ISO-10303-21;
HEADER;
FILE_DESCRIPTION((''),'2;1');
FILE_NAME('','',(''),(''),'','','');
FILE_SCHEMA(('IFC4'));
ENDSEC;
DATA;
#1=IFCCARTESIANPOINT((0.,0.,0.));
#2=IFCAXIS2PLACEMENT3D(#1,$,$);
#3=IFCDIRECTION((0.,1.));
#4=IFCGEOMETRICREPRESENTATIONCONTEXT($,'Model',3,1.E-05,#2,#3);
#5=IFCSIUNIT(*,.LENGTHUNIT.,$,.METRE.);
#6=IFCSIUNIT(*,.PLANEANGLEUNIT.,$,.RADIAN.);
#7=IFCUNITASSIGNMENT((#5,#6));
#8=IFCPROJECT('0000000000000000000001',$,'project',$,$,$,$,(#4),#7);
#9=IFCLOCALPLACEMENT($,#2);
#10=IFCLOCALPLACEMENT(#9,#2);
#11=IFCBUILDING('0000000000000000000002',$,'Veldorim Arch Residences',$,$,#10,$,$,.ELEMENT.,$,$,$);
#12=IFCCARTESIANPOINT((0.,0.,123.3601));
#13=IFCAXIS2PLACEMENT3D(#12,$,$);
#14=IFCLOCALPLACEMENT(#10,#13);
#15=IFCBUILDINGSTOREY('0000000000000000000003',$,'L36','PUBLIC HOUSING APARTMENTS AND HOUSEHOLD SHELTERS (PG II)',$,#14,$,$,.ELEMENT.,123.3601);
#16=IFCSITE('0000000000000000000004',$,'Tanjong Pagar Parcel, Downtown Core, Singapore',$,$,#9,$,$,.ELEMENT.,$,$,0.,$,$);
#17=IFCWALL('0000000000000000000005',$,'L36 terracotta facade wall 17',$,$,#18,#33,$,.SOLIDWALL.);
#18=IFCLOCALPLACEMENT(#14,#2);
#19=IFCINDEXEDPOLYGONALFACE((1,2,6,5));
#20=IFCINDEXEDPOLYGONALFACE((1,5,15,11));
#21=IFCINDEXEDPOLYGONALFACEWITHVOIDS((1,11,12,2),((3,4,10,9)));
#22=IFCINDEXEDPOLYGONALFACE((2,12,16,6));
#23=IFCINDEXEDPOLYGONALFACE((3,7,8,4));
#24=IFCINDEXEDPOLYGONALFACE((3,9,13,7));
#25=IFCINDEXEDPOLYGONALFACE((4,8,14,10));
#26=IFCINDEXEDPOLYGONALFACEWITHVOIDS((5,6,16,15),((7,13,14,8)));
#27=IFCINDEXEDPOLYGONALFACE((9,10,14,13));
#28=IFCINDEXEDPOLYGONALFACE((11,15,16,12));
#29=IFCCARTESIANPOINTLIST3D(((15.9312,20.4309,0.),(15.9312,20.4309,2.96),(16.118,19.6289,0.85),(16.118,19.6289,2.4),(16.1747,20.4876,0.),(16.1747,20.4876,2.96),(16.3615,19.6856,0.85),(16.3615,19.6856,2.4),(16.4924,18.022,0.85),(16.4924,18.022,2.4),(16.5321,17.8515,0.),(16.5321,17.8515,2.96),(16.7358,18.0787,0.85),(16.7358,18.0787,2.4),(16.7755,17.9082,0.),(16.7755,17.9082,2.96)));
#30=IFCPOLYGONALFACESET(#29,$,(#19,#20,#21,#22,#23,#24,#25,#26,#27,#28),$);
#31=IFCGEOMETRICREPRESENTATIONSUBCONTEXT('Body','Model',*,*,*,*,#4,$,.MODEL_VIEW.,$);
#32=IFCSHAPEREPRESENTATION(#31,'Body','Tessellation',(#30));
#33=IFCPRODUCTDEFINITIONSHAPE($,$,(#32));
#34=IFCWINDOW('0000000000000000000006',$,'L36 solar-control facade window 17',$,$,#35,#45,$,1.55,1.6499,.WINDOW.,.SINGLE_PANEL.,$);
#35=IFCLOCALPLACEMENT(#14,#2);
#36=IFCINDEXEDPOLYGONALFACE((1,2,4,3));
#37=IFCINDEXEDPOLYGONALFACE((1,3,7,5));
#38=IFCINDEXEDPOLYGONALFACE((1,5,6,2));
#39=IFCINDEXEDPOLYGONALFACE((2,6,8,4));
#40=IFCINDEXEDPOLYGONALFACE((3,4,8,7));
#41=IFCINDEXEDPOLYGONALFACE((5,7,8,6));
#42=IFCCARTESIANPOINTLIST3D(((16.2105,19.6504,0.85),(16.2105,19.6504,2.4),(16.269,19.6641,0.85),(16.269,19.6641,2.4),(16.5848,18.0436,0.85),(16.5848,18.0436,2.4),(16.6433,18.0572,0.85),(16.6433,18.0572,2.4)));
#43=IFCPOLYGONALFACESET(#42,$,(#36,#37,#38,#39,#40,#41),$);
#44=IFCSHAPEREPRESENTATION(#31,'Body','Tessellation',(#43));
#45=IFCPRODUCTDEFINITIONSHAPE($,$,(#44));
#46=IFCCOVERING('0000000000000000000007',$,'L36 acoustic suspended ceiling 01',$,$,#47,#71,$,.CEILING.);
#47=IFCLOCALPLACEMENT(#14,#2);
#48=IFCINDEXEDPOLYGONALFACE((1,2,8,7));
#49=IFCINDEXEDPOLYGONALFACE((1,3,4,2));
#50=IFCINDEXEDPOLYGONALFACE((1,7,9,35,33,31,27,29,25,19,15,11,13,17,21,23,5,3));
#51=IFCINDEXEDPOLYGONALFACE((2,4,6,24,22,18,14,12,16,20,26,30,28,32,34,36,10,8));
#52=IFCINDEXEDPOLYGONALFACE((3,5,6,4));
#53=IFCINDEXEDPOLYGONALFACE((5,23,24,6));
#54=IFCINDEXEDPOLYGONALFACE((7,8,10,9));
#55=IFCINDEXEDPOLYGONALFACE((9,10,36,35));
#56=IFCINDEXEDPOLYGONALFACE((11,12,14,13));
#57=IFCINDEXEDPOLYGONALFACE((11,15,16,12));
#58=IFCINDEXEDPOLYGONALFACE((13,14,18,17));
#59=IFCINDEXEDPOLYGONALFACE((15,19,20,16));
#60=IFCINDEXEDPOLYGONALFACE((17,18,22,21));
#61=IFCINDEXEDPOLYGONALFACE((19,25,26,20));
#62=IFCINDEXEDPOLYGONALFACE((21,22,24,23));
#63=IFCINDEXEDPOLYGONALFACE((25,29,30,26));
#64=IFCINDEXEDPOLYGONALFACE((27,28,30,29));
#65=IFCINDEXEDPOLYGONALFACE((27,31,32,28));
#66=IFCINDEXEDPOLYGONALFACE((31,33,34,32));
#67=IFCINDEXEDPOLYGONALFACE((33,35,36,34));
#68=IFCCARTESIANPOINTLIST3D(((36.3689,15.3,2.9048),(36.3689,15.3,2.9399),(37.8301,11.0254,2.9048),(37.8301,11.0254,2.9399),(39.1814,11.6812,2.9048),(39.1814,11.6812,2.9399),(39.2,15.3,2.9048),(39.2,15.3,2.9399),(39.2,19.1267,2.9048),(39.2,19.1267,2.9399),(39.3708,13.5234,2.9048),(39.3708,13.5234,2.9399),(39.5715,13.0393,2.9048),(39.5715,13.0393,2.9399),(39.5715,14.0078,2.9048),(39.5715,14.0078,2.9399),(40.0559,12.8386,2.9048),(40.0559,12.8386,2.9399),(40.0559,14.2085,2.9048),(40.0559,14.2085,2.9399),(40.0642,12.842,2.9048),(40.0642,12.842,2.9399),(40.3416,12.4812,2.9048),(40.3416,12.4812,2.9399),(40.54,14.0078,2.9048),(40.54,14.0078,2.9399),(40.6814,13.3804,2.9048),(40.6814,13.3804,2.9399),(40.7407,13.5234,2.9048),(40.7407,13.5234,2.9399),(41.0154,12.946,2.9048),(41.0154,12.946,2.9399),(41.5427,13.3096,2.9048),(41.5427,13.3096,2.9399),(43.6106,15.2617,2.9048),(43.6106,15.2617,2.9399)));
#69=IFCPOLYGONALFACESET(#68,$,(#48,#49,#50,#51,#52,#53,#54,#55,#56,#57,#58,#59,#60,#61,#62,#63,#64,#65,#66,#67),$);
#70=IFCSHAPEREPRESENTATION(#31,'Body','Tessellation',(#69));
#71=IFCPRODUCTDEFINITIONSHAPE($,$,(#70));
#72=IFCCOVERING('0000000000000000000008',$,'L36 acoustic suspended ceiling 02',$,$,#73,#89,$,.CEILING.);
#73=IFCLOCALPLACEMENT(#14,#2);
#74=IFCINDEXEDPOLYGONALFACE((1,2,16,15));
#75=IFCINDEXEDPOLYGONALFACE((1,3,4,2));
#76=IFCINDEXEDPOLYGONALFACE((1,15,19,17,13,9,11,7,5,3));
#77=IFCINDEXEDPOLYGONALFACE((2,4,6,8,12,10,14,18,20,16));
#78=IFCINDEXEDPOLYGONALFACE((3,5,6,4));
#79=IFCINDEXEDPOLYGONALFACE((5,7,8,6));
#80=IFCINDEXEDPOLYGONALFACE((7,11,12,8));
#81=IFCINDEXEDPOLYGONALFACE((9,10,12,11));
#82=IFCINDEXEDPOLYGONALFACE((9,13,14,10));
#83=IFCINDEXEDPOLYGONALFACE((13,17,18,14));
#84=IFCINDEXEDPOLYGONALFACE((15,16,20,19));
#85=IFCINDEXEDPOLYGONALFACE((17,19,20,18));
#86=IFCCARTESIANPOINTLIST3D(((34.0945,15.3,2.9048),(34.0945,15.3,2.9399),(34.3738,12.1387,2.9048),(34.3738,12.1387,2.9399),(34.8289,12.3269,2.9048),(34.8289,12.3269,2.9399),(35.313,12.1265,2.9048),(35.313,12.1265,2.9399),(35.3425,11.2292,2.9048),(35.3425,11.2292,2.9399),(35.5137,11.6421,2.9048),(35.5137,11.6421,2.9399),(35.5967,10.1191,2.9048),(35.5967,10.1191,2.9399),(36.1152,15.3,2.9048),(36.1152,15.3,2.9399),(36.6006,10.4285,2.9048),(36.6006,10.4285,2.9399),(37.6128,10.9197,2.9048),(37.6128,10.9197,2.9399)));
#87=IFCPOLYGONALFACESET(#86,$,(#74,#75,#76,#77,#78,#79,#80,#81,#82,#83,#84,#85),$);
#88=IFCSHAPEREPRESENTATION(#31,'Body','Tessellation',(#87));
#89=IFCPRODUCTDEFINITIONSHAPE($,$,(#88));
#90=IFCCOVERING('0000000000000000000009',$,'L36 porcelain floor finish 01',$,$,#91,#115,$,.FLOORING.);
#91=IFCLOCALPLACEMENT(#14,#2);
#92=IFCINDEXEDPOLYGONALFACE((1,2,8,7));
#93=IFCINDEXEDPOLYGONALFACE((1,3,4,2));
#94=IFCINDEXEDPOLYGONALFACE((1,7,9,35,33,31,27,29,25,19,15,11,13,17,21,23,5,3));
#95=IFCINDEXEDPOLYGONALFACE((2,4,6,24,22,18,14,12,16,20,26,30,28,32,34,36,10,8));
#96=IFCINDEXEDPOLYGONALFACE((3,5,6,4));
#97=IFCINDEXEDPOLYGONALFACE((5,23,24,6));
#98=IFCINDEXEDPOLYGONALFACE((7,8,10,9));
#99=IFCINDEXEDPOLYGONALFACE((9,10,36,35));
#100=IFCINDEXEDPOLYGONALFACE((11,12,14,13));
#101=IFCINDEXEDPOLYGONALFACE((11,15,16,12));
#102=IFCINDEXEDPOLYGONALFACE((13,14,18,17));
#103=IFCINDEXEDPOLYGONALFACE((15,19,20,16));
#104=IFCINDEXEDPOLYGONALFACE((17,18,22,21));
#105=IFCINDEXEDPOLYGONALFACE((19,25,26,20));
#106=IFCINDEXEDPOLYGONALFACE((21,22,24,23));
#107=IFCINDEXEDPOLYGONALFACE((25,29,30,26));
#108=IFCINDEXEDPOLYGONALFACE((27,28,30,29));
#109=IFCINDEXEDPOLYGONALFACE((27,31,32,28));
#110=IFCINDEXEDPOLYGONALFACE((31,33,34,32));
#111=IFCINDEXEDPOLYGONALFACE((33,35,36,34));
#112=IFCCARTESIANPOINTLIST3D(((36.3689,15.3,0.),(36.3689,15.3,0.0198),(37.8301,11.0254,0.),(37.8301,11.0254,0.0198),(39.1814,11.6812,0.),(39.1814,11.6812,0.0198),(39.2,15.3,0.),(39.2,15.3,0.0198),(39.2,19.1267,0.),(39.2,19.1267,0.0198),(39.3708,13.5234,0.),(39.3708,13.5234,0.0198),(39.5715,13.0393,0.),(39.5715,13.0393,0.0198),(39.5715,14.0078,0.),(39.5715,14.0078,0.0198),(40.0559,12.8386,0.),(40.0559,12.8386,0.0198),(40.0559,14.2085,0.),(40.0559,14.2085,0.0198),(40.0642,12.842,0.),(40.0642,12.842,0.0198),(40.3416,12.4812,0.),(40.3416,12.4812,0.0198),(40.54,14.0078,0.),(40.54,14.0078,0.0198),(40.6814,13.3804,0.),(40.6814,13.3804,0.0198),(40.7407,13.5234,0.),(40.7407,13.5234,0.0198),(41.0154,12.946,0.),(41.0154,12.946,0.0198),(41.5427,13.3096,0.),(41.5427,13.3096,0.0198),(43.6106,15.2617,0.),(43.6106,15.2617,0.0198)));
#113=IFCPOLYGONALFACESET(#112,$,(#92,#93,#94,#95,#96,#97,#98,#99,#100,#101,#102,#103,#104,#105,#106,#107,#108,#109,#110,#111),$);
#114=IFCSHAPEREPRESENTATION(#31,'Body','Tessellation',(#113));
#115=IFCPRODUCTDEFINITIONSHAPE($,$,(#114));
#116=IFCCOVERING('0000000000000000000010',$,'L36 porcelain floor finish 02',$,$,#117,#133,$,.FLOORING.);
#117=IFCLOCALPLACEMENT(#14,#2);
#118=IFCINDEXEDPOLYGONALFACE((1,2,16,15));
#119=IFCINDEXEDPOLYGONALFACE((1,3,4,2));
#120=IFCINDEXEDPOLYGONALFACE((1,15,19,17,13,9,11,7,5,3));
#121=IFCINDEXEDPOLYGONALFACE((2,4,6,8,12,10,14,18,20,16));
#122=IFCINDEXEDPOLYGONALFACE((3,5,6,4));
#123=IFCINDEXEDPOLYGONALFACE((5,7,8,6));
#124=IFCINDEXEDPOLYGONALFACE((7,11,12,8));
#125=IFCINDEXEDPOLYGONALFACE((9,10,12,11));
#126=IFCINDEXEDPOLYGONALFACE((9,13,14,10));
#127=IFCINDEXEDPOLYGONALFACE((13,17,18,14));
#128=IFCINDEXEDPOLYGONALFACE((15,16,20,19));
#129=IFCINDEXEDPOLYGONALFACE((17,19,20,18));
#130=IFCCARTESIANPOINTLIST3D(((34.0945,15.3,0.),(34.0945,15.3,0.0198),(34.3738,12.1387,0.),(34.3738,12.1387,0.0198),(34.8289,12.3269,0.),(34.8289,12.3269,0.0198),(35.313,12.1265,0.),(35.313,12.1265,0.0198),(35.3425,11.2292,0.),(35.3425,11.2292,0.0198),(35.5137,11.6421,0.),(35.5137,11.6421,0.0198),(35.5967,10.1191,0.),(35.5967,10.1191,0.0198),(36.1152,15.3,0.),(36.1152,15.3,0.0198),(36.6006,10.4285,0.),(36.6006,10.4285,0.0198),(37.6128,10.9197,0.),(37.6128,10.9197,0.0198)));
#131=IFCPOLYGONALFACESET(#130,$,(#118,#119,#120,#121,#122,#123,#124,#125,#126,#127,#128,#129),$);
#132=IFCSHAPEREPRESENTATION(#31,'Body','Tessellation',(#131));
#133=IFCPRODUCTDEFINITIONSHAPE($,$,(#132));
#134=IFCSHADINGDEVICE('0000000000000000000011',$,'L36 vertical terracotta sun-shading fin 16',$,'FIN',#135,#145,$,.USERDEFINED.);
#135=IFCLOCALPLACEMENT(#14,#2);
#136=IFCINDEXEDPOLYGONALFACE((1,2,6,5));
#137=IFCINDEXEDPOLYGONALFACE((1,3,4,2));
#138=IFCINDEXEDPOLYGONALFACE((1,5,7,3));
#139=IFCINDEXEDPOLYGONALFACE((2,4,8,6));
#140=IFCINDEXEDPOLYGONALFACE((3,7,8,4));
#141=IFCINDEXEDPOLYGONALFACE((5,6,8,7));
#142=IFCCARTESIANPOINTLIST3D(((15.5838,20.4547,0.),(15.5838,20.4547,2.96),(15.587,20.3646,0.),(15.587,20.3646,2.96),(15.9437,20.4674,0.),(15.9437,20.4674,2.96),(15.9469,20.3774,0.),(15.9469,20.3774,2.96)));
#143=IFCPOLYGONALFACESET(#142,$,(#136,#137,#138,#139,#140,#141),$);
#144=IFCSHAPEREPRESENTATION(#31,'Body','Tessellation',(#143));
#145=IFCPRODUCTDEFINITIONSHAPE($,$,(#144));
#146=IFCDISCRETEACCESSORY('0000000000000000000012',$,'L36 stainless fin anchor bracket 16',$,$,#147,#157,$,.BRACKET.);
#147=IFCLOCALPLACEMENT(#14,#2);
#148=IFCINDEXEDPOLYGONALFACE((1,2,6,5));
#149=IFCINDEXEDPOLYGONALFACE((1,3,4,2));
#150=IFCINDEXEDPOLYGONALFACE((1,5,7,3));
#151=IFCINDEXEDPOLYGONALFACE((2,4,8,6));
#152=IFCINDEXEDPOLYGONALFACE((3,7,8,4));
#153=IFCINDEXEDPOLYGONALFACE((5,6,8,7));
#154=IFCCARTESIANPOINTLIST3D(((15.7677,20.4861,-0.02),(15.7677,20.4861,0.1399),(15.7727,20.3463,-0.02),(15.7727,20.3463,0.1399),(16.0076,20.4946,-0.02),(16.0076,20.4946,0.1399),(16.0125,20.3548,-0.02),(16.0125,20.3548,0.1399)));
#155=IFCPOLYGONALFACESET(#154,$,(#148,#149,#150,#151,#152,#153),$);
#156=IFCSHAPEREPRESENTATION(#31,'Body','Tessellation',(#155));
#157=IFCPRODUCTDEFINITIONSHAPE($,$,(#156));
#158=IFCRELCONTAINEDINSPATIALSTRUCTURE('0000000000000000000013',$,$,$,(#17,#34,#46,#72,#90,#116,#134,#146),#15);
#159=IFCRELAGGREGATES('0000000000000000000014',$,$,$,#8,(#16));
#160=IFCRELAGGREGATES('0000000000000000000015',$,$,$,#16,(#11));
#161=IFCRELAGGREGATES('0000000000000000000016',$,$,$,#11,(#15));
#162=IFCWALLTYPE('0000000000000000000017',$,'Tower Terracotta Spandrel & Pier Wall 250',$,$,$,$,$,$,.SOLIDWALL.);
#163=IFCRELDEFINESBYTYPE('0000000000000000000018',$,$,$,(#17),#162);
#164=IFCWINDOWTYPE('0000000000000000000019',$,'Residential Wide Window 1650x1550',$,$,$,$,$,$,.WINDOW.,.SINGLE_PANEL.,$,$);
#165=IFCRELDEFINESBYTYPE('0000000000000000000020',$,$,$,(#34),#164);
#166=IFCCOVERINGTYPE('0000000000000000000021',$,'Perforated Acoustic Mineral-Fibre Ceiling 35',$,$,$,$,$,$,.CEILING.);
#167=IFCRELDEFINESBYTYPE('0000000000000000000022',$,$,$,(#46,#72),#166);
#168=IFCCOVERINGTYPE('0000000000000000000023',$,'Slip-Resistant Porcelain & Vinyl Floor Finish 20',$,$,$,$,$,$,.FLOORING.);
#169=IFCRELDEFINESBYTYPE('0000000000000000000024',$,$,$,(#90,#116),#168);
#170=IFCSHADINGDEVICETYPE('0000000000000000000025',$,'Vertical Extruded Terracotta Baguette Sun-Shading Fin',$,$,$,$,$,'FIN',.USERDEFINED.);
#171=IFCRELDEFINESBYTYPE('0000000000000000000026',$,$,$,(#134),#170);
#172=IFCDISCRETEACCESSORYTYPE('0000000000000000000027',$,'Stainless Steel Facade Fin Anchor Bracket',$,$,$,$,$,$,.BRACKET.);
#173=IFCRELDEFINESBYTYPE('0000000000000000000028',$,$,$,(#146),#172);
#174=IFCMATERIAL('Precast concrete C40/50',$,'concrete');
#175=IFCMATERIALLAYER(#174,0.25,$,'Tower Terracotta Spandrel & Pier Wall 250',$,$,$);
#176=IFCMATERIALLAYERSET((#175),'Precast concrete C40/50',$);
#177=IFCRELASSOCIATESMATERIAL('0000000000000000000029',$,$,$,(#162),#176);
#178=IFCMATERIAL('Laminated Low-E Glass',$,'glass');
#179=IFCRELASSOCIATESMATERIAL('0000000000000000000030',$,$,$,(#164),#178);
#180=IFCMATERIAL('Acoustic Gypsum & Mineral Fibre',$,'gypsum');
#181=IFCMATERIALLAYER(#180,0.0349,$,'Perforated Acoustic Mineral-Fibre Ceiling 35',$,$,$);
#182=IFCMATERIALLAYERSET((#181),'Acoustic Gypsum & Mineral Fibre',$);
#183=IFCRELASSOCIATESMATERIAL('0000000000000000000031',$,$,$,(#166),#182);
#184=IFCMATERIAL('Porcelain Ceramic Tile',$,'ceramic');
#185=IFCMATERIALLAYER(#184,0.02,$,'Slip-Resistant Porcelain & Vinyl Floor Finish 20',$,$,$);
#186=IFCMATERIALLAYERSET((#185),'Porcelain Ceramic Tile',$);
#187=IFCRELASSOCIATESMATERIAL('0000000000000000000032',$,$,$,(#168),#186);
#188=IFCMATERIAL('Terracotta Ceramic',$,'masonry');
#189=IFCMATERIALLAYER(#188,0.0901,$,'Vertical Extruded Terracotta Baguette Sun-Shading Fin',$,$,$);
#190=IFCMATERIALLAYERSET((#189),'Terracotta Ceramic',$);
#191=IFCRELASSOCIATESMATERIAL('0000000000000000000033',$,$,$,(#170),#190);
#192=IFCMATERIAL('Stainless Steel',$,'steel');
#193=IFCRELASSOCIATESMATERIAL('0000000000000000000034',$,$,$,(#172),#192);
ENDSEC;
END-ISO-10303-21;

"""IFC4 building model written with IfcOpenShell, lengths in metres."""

from ifc_helpers import new_model, si_unit, direction, frame, frame_2d, origin, origin_2d, place, context, subcontext, project, spatial, polyline, rectangle, outline, extrude, material, layer, layer_set, type_object, element, fill, save


model = new_model("IFC4")

# Units and contexts
model_context = context("Model", 3, precision=1e-05, world=origin(), true_north=direction((0.0, 1.0)))
body_context = subcontext(model_context, "Body", "Model", "MODEL_VIEW")
ifc_project = project(units=[si_unit("LENGTHUNIT", "METRE"), si_unit("PLANEANGLEUNIT", "RADIAN")], contexts=[model_context])

# Site, building, storey
site_placement = place(None, origin())
site = spatial("IfcSite", under=ifc_project, at=site_placement, Name="Tanjong Pagar Parcel, Downtown Core, Singapore", CompositionType="ELEMENT", RefElevation=0.0)
building_placement = place(site_placement, origin())
building = spatial("IfcBuilding", under=site, at=building_placement, Name="Veldorim Arch Residences", CompositionType="ELEMENT")
storey_placement = place(building_placement, frame((0.0, 0.0, 123.3601)))
storey = spatial("IfcBuildingStorey", under=building, at=storey_placement, Name="L36", Description="PUBLIC HOUSING APARTMENTS AND HOUSEHOLD SHELTERS (PG II)", CompositionType="ELEMENT", Elevation=123.3601)

# Wall, opening, window
ifc_material_1 = material(Name="Precast concrete C40/50", Category="concrete")
ifc_layer_1 = layer(ifc_material_1, 0.25, Name="Tower Terracotta Spandrel & Pier Wall 250")
ifc_layer_set_1 = layer_set([ifc_layer_1], Name="Precast concrete C40/50")
wall_type_1 = type_object("IfcWallType", Name="Tower Terracotta Spandrel & Pier Wall 250", PredefinedType="SOLIDWALL", material=ifc_layer_set_1)
wall_1_placement = place(storey_placement, frame((16.6538, 17.8799, 0.0), z_axis=(0.0, 0.0, 1.0), x_axis=(-0.226865, 0.973926, 0.0)))
wall_1 = element("IfcWall", 1, at=wall_1_placement, inside=storey, type_object=wall_type_1, Name="L36 terracotta facade wall 17", PredefinedType="SOLIDWALL", context=body_context, shape_type="SweptSolid", body=[
    extrude(rectangle(XDim=2.6484, YDim=0.25, at=frame_2d((1.3242, 0.0))), origin(), (0.0, 0.0, 1.0), 2.96),
])
opening_1_placement = place(wall_1_placement, frame((0.175, 0.0, 0.8501)))
opening_1 = element("IfcOpeningElement", 2, at=opening_1_placement, cuts=wall_1, PredefinedType="OPENING", context=body_context, shape_type="SweptSolid", body=[
    extrude(rectangle(XDim=1.6499, YDim=1.55, at=frame_2d((0.825, 0.7749))), frame((0.0, 0.135, 0.0), z_axis=(0.0, -1.0, 0.0), x_axis=(1.0, 0.0, 0.0)), (0.0, 0.0, 1.0), 0.27),
])
ifc_material_2 = material(Name="Laminated Low-E Glass", Category="glass")
window_type = type_object("IfcWindowType", Name="Residential Wide Window 1650x1550", PartitioningType="SINGLE_PANEL", PredefinedType="WINDOW", material=ifc_material_2)
window_placement = place(opening_1_placement, origin())
window = element("IfcWindow", 3, at=window_placement, inside=storey, type_object=window_type, Name="L36 solar-control facade window 17", OverallHeight=1.55, OverallWidth=1.6499, PartitioningType="SINGLE_PANEL", PredefinedType="WINDOW", context=body_context, shape_type="SweptSolid", body=[
    extrude(rectangle(XDim=1.6499, YDim=1.55, at=frame_2d((0.825, 0.7749))), frame((0.0, 0.03, 0.0), z_axis=(0.0, -1.0, 0.0), x_axis=(1.0, 0.0, 0.0)), (0.0, 0.0, 1.0), 0.0601),
])
fill(opening_1, window)

# Coverings
ifc_material_3 = material(Name="Acoustic Gypsum & Mineral Fibre", Category="gypsum")
ifc_layer_2 = layer(ifc_material_3, 0.0349, Name="Perforated Acoustic Mineral-Fibre Ceiling 35")
ifc_layer_set_2 = layer_set([ifc_layer_2], Name="Acoustic Gypsum & Mineral Fibre")
covering_type_1 = type_object("IfcCoveringType", Name="Perforated Acoustic Mineral-Fibre Ceiling 35", PredefinedType="CEILING", material=ifc_layer_set_2)
covering_1_placement = place(storey_placement, frame((0.0, 0.0, 2.9048)))
element("IfcCovering", 4, at=covering_1_placement, inside=storey, type_object=covering_type_1, Name="L36 acoustic suspended ceiling 01", PredefinedType="CEILING", context=body_context, shape_type="SweptSolid", body=[
    extrude(outline(polyline([(40.3416, 12.4812), (39.1814, 11.6812), (37.8301, 11.0254), (36.3689, 15.3), (39.2, 15.3), (39.2, 19.1267), (43.6106, 15.2617), (41.5427, 13.3096), (41.0154, 12.946), (40.6814, 13.3804), (40.7407, 13.5234), (40.54, 14.0078), (40.0559, 14.2085), (39.5715, 14.0078), (39.3708, 13.5234), (39.5715, 13.0393), (40.0559, 12.8386), (40.0642, 12.842), (40.3416, 12.4812)])), origin(), (0.0, 0.0, 1.0), 0.0352),
])
covering_2_placement = place(storey_placement, frame((0.0, 0.0, 2.9048)))
element("IfcCovering", 5, at=covering_2_placement, inside=storey, type_object=covering_type_1, Name="L36 acoustic suspended ceiling 02", PredefinedType="CEILING", context=body_context, shape_type="SweptSolid", body=[
    extrude(outline(polyline([(34.0945, 15.3), (36.1152, 15.3), (37.6128, 10.9197), (36.6006, 10.4285), (35.5967, 10.1191), (35.3425, 11.2292), (35.5137, 11.6421), (35.313, 12.1265), (34.8289, 12.3269), (34.3738, 12.1387), (34.0945, 15.3)])), origin(), (0.0, 0.0, 1.0), 0.0352),
])
ifc_material_4 = material(Name="Porcelain Ceramic Tile", Category="ceramic")
ifc_layer_3 = layer(ifc_material_4, 0.02, Name="Slip-Resistant Porcelain & Vinyl Floor Finish 20")
ifc_layer_set_3 = layer_set([ifc_layer_3], Name="Porcelain Ceramic Tile")
covering_type_2 = type_object("IfcCoveringType", Name="Slip-Resistant Porcelain & Vinyl Floor Finish 20", PredefinedType="FLOORING", material=ifc_layer_set_3)
covering_3_placement = place(storey_placement, origin())
element("IfcCovering", 6, at=covering_3_placement, inside=storey, type_object=covering_type_2, Name="L36 porcelain floor finish 01", PredefinedType="FLOORING", context=body_context, shape_type="SweptSolid", body=[
    extrude(outline(polyline([(40.3416, 12.4812), (39.1814, 11.6812), (37.8301, 11.0254), (36.3689, 15.3), (39.2, 15.3), (39.2, 19.1267), (43.6106, 15.2617), (41.5427, 13.3096), (41.0154, 12.946), (40.6814, 13.3804), (40.7407, 13.5234), (40.54, 14.0078), (40.0559, 14.2085), (39.5715, 14.0078), (39.3708, 13.5234), (39.5715, 13.0393), (40.0559, 12.8386), (40.0642, 12.842), (40.3416, 12.4812)])), origin(), (0.0, 0.0, 1.0), 0.0198),
])
covering_4_placement = place(storey_placement, origin())
element("IfcCovering", 7, at=covering_4_placement, inside=storey, type_object=covering_type_2, Name="L36 porcelain floor finish 02", PredefinedType="FLOORING", context=body_context, shape_type="SweptSolid", body=[
    extrude(outline(polyline([(34.0945, 15.3), (36.1152, 15.3), (37.6128, 10.9197), (36.6006, 10.4285), (35.5967, 10.1191), (35.3425, 11.2292), (35.5137, 11.6421), (35.313, 12.1265), (34.8289, 12.3269), (34.3738, 12.1387), (34.0945, 15.3)])), origin(), (0.0, 0.0, 1.0), 0.0198),
])

# Shading device
ifc_material_5 = material(Name="Terracotta Ceramic", Category="masonry")
ifc_layer_4 = layer(ifc_material_5, 0.0901, Name="Vertical Extruded Terracotta Baguette Sun-Shading Fin")
ifc_layer_set_4 = layer_set([ifc_layer_4], Name="Terracotta Ceramic")
shading_device_type = type_object("IfcShadingDeviceType", Name="Vertical Extruded Terracotta Baguette Sun-Shading Fin", ElementType="FIN", PredefinedType="USERDEFINED", material=ifc_layer_set_4)
shading_device_placement = place(storey_placement, frame((15.7654, 20.416, 0.0), z_axis=(0.0, 0.0, 1.0), x_axis=(-0.035423, 0.999372, 0.0)))
element("IfcShadingDevice", 8, at=shading_device_placement, inside=storey, type_object=shading_device_type, Name="L36 vertical terracotta sun-shading fin 16", ObjectType="FIN", PredefinedType="USERDEFINED", context=body_context, shape_type="SweptSolid", body=[
    extrude(rectangle(XDim=0.0901, YDim=0.3601, at=origin_2d()), origin(), (0.0, 0.0, 1.0), 2.96),
])

# Discrete accessory
ifc_material_6 = material(Name="Stainless Steel", Category="steel")
discrete_accessory_type = type_object("IfcDiscreteAccessoryType", Name="Stainless Steel Facade Fin Anchor Bracket", PredefinedType="BRACKET", material=ifc_material_6)
discrete_accessory_placement = place(storey_placement, frame((15.8901, 20.4204, -0.02), z_axis=(0.0, 0.0, 1.0), x_axis=(-0.035423, 0.999372, 0.0)))
element("IfcDiscreteAccessory", 9, at=discrete_accessory_placement, inside=storey, type_object=discrete_accessory_type, Name="L36 stainless fin anchor bracket 16", PredefinedType="BRACKET", context=body_context, shape_type="SweptSolid", body=[
    extrude(rectangle(XDim=0.1399, YDim=0.24, at=origin_2d()), origin(), (0.0, 0.0, 1.0), 0.1599),
])

save(model, "model.ifc")
